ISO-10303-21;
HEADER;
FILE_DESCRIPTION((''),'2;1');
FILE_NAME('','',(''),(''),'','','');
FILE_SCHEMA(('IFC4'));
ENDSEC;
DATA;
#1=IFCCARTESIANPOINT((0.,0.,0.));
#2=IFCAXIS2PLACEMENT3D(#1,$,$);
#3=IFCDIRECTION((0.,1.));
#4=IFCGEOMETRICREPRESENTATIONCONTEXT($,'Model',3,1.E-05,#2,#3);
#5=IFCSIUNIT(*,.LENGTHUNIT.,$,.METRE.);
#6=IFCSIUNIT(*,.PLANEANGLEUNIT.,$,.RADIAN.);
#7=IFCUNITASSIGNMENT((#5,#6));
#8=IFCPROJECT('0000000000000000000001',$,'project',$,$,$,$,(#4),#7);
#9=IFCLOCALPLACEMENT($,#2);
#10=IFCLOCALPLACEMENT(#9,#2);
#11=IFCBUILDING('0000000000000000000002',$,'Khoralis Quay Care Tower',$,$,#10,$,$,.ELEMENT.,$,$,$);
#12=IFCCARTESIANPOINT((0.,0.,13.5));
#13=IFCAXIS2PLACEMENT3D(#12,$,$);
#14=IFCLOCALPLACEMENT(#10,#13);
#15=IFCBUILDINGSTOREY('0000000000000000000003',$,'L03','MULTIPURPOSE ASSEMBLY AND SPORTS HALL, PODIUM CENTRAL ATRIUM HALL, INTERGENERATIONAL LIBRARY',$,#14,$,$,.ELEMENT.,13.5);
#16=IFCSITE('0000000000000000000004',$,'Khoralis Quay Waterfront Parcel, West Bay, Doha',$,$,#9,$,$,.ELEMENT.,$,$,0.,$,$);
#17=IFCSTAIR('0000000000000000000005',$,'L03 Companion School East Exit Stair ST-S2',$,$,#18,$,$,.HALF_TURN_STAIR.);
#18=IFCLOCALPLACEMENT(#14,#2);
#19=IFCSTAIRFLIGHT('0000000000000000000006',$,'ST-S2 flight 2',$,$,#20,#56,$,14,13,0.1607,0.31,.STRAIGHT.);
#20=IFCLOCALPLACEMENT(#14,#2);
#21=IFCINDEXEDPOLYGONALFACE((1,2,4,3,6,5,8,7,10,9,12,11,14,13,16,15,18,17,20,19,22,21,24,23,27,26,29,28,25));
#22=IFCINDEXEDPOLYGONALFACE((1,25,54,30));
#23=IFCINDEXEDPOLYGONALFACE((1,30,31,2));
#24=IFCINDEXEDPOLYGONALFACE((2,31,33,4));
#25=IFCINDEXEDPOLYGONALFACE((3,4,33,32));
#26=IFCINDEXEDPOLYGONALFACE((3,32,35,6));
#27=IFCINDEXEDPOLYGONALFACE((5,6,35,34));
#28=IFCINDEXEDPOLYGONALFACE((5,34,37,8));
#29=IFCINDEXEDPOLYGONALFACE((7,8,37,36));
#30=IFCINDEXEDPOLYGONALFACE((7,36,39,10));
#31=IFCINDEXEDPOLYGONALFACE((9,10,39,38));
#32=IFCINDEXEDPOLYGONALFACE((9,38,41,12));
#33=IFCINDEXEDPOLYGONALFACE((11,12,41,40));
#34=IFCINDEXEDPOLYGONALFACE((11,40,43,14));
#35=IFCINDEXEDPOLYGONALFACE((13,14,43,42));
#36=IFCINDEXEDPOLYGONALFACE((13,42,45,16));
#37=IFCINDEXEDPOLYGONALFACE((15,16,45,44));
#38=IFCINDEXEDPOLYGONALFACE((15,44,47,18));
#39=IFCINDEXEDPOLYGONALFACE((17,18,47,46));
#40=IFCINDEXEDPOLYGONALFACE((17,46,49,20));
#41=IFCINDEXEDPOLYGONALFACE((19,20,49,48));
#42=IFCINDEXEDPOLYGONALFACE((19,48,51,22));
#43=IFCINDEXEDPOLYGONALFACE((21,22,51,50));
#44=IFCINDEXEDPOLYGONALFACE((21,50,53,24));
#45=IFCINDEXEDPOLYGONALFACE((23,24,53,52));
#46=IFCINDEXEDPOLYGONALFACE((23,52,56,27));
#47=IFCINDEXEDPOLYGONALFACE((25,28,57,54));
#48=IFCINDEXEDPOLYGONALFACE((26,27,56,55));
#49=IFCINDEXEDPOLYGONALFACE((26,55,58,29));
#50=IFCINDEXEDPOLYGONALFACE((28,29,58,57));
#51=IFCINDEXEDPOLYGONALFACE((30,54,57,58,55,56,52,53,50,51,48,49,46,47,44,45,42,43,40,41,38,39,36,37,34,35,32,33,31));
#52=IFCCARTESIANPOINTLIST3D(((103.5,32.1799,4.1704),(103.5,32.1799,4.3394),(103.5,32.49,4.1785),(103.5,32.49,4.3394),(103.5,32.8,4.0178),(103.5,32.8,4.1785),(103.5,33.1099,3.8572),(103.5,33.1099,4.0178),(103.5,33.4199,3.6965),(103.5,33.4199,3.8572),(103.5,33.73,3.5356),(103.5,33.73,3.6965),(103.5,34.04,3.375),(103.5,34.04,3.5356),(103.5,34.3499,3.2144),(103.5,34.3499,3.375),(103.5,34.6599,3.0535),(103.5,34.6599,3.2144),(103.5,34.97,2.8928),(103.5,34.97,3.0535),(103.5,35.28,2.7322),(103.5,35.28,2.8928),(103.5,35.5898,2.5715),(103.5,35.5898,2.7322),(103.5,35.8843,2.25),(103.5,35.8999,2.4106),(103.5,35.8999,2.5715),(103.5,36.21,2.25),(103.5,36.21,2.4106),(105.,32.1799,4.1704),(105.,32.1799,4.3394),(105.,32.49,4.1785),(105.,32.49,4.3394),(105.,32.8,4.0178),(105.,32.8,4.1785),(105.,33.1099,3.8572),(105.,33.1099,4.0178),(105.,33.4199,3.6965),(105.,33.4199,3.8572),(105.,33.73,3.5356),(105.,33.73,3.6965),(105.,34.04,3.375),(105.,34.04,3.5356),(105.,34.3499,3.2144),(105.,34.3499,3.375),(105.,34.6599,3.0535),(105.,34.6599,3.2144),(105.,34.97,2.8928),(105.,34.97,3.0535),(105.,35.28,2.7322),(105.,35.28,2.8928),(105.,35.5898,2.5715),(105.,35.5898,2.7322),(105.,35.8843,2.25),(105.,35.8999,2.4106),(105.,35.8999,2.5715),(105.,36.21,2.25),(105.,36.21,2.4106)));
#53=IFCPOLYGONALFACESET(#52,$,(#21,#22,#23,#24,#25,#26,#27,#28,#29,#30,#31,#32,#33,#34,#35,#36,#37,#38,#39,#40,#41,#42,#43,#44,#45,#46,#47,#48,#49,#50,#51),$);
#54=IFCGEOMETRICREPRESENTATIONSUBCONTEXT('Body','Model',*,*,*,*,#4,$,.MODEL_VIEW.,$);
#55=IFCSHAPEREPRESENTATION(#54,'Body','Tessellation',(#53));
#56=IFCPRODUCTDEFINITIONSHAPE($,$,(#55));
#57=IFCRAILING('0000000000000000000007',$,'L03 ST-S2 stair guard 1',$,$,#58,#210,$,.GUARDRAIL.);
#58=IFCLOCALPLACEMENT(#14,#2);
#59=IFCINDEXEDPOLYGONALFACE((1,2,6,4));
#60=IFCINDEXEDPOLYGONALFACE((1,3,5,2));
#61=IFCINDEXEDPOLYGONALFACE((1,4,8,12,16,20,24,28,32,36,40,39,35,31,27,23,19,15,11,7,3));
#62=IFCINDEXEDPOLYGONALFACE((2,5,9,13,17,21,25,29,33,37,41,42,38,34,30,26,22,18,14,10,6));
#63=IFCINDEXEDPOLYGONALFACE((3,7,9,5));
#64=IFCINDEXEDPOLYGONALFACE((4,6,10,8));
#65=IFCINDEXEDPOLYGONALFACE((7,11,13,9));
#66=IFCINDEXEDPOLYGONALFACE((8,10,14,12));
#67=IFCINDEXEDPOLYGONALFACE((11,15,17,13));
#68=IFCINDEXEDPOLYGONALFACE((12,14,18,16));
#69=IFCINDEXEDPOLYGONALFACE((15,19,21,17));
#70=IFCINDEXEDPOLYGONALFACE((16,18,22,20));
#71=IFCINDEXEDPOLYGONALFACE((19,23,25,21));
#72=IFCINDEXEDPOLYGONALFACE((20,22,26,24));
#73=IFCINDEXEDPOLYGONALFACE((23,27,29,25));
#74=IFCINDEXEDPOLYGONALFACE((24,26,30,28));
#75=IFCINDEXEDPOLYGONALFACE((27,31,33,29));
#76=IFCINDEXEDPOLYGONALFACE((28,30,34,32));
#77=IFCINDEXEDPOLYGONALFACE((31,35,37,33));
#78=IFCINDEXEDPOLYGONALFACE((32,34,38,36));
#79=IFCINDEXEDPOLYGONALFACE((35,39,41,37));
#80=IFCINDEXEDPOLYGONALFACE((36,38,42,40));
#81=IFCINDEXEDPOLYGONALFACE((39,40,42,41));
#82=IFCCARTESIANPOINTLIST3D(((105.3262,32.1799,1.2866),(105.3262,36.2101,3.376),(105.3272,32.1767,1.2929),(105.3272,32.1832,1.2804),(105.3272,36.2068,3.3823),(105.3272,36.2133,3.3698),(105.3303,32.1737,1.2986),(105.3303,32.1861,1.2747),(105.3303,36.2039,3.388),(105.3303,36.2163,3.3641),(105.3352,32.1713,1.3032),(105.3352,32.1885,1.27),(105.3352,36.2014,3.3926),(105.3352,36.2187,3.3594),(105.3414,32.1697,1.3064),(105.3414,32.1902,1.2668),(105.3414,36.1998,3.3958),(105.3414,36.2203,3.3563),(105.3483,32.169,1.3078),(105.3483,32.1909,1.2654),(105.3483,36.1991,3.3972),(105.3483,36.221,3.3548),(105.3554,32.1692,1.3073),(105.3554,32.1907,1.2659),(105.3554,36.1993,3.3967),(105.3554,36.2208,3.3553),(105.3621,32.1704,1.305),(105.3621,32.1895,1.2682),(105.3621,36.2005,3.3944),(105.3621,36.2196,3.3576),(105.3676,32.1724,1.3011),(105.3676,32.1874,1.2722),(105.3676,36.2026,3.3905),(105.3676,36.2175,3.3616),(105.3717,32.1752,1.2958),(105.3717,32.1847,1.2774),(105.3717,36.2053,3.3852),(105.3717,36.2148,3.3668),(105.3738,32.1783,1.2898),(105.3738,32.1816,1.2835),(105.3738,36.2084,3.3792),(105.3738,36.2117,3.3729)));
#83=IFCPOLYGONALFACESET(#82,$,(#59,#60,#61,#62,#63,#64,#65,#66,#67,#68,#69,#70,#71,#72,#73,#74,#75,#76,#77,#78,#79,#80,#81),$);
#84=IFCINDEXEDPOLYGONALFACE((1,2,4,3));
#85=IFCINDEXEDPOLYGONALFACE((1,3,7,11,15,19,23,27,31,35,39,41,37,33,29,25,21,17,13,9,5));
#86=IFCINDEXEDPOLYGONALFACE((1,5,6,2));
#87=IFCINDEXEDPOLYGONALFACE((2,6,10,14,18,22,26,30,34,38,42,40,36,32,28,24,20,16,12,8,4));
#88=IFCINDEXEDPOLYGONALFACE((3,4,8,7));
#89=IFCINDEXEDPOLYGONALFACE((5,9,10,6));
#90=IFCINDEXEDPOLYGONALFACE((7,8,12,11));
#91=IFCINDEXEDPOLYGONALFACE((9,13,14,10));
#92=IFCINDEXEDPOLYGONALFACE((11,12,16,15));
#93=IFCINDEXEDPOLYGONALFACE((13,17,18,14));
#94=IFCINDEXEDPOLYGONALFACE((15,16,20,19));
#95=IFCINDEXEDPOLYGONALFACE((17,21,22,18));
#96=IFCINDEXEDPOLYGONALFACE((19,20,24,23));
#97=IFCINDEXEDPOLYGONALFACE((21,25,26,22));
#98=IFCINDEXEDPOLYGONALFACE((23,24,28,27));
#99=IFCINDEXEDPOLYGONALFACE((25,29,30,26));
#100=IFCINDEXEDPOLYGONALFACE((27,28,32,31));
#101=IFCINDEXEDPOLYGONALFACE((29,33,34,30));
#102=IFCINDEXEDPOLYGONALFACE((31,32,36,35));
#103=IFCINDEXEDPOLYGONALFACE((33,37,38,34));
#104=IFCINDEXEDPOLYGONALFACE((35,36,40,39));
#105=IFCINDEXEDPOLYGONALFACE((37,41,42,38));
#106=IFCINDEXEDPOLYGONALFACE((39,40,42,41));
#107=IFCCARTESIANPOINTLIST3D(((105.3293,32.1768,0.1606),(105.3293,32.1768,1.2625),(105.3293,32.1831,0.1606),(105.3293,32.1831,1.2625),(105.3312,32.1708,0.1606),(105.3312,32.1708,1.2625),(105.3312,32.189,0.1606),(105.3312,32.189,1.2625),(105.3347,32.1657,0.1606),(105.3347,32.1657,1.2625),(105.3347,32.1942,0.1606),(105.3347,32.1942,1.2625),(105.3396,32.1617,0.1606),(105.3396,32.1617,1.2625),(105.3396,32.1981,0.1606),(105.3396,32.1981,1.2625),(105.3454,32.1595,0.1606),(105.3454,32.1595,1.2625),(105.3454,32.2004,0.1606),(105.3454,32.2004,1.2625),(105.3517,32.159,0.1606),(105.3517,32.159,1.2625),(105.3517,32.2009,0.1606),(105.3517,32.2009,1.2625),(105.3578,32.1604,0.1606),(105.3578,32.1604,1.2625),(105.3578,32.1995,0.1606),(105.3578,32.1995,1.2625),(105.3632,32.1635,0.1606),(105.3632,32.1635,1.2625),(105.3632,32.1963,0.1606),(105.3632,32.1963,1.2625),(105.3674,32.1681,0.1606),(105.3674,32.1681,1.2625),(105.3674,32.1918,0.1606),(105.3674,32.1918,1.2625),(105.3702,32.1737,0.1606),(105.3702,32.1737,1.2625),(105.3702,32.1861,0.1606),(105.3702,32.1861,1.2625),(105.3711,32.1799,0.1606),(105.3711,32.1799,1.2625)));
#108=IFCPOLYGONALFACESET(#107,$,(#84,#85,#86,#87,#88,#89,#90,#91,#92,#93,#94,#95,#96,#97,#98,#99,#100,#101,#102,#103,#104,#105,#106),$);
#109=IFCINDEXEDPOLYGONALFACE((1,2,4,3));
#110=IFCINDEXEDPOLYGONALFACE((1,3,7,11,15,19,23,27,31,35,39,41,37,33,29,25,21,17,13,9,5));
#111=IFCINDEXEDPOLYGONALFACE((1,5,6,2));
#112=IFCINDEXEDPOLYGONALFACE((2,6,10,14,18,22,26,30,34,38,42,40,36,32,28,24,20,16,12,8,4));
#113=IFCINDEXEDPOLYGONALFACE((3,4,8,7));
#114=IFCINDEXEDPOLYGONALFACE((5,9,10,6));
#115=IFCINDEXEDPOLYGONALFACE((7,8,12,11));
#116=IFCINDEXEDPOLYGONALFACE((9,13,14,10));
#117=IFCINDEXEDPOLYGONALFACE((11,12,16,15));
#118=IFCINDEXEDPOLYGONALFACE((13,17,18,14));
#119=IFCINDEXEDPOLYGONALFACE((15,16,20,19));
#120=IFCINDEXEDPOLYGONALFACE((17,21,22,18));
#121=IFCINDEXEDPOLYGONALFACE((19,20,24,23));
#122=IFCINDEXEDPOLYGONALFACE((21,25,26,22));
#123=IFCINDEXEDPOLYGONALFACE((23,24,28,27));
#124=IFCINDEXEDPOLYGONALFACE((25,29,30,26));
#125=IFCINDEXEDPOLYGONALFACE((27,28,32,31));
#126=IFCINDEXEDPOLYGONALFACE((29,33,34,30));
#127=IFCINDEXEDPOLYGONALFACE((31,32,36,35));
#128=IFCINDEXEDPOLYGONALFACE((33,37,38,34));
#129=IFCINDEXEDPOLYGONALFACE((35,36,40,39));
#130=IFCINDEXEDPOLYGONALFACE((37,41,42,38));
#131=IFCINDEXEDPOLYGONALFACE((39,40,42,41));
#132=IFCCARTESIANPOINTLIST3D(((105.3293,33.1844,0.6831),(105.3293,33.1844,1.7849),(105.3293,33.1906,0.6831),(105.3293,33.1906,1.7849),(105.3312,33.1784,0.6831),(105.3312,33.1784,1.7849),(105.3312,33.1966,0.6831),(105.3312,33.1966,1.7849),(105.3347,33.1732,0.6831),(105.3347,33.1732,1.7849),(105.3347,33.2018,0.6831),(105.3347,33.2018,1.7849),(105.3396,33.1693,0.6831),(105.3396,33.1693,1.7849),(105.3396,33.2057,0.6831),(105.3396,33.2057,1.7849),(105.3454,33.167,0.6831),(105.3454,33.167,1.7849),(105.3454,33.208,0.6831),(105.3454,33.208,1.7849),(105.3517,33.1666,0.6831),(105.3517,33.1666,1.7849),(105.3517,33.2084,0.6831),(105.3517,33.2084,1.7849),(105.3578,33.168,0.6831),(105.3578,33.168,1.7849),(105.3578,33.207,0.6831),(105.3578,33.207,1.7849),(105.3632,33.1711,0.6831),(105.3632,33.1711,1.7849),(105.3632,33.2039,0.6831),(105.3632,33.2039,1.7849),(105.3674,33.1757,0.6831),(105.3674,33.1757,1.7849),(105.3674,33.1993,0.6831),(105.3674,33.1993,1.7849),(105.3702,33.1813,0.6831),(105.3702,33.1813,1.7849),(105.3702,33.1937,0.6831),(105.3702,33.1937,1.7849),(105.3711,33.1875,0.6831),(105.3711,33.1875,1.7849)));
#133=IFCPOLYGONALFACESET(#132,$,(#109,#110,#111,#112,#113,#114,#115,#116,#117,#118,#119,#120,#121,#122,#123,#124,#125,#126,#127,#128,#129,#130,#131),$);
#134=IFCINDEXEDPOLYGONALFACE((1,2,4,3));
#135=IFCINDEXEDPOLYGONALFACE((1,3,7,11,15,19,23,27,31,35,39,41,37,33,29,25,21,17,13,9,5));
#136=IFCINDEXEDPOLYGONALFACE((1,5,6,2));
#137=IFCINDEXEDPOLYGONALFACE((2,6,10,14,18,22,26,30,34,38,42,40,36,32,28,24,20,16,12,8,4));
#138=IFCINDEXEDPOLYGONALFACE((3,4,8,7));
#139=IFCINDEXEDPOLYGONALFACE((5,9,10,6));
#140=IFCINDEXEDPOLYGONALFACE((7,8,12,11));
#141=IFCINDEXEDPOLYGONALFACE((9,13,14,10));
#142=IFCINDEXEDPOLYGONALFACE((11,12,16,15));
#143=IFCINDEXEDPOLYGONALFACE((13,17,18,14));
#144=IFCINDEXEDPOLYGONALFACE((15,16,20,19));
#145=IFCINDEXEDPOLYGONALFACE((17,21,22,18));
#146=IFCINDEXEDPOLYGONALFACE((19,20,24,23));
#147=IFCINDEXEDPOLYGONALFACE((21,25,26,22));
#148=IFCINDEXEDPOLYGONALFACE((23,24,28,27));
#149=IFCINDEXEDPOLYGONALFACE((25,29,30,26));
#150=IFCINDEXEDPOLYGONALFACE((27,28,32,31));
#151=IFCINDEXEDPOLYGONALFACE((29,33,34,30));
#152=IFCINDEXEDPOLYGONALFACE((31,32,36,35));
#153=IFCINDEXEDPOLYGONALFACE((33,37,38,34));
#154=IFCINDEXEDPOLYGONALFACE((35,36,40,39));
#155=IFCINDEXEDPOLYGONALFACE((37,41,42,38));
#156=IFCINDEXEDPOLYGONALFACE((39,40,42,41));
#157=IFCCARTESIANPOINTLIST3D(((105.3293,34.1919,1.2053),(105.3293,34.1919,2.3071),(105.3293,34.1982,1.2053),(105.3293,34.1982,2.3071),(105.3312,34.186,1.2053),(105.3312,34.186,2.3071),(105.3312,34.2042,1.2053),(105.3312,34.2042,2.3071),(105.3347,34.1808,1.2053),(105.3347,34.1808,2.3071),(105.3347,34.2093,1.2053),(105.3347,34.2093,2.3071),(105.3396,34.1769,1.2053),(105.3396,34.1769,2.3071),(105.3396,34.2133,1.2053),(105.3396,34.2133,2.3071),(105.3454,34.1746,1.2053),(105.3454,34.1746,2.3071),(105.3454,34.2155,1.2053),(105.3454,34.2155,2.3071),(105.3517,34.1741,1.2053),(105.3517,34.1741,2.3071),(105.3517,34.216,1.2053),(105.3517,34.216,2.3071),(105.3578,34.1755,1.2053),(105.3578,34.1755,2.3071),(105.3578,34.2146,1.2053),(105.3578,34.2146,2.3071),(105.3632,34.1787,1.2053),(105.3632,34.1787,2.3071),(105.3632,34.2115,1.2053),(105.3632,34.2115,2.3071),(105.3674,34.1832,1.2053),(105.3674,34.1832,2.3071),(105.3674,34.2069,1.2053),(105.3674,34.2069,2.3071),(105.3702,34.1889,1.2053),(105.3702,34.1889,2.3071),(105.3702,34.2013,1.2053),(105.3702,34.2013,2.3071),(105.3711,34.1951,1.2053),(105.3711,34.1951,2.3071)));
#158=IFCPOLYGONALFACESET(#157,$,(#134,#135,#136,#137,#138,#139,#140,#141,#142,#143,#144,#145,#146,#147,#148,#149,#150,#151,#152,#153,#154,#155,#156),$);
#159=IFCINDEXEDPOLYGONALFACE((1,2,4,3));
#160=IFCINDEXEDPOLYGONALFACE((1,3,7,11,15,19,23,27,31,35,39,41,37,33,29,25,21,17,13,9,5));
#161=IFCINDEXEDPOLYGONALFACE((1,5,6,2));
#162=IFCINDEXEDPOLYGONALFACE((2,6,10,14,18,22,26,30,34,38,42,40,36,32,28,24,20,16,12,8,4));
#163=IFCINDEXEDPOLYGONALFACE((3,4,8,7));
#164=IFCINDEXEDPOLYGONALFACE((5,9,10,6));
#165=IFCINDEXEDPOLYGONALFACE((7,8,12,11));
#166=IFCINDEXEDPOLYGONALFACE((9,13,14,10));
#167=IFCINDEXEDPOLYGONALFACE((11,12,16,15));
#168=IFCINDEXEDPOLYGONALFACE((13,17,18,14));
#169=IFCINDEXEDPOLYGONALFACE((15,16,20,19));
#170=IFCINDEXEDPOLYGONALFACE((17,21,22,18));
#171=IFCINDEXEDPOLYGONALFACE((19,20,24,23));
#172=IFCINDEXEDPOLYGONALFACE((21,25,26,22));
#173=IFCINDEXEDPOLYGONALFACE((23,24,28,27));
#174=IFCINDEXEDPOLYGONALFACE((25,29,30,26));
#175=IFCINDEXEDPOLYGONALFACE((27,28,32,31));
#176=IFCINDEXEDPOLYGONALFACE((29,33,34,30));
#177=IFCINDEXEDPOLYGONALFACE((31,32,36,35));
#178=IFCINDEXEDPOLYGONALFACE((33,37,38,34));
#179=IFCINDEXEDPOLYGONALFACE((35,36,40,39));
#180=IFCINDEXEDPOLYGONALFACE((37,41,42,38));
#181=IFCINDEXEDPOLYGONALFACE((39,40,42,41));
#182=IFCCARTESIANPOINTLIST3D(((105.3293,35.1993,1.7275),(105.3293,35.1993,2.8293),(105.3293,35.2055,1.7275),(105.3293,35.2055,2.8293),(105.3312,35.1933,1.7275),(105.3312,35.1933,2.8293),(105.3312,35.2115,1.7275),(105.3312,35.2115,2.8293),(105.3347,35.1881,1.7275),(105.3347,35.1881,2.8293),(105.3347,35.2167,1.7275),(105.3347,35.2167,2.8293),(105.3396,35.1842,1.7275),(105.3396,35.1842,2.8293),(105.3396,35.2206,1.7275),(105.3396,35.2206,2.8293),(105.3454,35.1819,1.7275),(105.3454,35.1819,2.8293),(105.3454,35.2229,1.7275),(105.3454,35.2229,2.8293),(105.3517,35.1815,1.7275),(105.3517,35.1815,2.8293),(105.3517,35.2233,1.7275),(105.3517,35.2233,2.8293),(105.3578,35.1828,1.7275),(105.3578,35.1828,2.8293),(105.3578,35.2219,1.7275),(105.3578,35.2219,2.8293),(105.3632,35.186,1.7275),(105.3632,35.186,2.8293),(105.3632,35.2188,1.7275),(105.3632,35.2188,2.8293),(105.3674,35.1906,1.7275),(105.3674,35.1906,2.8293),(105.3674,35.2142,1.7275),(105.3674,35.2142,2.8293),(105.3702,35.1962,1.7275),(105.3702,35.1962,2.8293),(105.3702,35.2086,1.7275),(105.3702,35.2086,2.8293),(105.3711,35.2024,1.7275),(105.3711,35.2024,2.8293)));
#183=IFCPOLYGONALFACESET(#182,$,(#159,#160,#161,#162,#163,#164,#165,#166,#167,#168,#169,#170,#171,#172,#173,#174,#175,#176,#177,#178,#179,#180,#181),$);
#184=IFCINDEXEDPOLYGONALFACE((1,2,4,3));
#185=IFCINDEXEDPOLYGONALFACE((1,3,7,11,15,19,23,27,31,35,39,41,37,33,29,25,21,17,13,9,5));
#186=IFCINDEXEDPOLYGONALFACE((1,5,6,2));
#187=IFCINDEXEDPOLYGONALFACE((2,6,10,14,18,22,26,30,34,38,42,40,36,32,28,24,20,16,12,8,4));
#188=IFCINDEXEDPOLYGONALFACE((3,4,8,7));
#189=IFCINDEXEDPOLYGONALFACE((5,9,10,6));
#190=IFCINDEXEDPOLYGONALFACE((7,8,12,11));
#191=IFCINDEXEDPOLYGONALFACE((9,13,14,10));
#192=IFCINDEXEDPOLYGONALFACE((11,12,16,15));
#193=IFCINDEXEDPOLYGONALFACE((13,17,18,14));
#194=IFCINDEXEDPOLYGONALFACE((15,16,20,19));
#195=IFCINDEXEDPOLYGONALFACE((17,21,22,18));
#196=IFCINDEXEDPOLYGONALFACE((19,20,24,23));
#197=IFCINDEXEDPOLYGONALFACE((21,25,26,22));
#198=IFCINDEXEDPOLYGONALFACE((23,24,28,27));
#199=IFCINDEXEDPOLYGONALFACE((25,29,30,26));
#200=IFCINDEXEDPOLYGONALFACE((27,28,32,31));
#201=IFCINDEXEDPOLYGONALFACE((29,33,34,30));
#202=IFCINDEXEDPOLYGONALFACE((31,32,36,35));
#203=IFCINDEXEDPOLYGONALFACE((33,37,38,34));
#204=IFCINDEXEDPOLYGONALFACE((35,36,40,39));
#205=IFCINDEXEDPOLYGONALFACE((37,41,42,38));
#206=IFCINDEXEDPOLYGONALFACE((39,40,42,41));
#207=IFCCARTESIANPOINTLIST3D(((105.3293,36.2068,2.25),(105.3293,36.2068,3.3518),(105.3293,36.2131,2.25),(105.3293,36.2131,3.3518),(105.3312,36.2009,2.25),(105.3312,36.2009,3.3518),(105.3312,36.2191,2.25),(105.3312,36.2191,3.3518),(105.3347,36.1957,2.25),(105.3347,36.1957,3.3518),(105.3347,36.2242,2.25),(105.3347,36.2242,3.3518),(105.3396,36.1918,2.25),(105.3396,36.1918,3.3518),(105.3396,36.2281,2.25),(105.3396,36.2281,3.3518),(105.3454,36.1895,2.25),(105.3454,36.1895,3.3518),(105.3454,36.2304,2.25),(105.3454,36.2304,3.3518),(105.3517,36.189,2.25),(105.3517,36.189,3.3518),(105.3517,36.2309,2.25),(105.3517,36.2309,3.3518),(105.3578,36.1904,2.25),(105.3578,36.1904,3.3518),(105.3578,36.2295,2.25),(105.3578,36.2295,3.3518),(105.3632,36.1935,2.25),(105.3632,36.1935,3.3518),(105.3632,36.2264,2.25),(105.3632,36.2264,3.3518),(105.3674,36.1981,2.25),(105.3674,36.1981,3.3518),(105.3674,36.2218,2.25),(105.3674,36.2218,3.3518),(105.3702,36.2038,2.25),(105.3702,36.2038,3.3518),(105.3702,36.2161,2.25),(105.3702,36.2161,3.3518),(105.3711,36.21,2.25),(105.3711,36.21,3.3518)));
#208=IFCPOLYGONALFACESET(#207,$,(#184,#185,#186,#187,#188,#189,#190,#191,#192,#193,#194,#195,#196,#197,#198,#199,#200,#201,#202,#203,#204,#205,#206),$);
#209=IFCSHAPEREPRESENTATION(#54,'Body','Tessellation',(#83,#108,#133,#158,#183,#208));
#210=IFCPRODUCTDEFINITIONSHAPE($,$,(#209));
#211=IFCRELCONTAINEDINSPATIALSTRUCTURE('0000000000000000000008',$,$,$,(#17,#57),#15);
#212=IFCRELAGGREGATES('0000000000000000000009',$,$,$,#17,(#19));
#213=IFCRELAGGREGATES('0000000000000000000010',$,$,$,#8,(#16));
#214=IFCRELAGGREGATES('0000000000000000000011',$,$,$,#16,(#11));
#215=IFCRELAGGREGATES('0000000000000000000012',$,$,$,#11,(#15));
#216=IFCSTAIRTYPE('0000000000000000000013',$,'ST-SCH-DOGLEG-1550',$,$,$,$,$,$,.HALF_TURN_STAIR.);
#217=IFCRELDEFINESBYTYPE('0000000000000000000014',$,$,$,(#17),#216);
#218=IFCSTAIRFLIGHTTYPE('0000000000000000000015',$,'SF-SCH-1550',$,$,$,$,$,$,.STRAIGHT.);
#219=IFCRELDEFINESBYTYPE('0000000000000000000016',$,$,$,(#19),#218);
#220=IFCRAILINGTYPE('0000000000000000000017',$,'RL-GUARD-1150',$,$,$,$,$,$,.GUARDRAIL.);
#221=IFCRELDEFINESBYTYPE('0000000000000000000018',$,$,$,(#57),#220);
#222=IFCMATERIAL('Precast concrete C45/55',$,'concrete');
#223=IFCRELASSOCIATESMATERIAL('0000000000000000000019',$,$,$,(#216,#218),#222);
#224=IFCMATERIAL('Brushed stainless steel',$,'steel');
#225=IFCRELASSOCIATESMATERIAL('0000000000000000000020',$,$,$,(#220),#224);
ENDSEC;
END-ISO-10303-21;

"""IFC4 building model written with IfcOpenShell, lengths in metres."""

from ifc_helpers import new_model, si_unit, direction, frame, origin, origin_2d, place, context, subcontext, project, spatial, polyline, circle, outline, extrude, source, transform, mapped, material, type_object, element, aggregate, save


model = new_model("IFC4")

# Units and contexts
model_context = context("Model", 3, precision=1e-05, world=origin(), true_north=direction((0.0, 1.0)))
body_context = subcontext(model_context, "Body", "Model", "MODEL_VIEW")
ifc_project = project(units=[si_unit("LENGTHUNIT", "METRE"), si_unit("PLANEANGLEUNIT", "RADIAN")], contexts=[model_context])

# Site, building, storey
site_placement = place(None, origin())
site = spatial("IfcSite", under=ifc_project, at=site_placement, Name="Khoralis Quay Waterfront Parcel, West Bay, Doha", CompositionType="ELEMENT", RefElevation=0.0)
building_placement = place(site_placement, origin())
building = spatial("IfcBuilding", under=site, at=building_placement, Name="Khoralis Quay Care Tower", CompositionType="ELEMENT")
storey_placement = place(building_placement, frame((0.0, 0.0, 13.5)))
storey = spatial("IfcBuildingStorey", under=building, at=storey_placement, Name="L03", Description="MULTIPURPOSE ASSEMBLY AND SPORTS HALL, PODIUM CENTRAL ATRIUM HALL, INTERGENERATIONAL LIBRARY", CompositionType="ELEMENT", Elevation=13.5)

# Stair, stair flight
ifc_material_1 = material(Name="Precast concrete C45/55", Category="concrete")
stair_type = type_object("IfcStairType", Name="ST-SCH-DOGLEG-1550", PredefinedType="HALF_TURN_STAIR", material=ifc_material_1)
stair_placement = place(storey_placement, origin())
stair = element("IfcStair", 1, at=stair_placement, inside=storey, type_object=stair_type, Name="L03 Companion School East Exit Stair ST-S2", PredefinedType="HALF_TURN_STAIR")
stair_flight_type = type_object("IfcStairFlightType", Name="SF-SCH-1550", PredefinedType="STRAIGHT", material=ifc_material_1)
shared_shape_1 = source(origin(), body_context, "Body", "SweptSolid", [
    extrude(outline(polyline([(0.0, 0.0), (0.0, 0.1606), (0.3101, 0.1606), (0.3101, 0.3215), (0.6201, 0.3215), (0.6201, 0.4822), (0.9299, 0.4822), (0.9299, 0.6428), (1.24, 0.6428), (1.24, 0.8035), (1.55, 0.8035), (1.55, 0.9644), (1.8601, 0.9644), (1.8601, 1.125), (2.1699, 1.125), (2.1699, 1.2856), (2.48, 1.2856), (2.48, 1.4465), (2.79, 1.4465), (2.79, 1.6072), (3.1001, 1.6072), (3.1001, 1.7678), (3.4099, 1.7678), (3.4099, 1.9285), (3.72, 1.9285), (3.72, 2.0894), (4.03, 2.0894), (4.03, 2.25), (4.03, 1.9204), (0.3257, 0.0), (0.0, 0.0)])), frame((0.0, 0.75, 0.0), z_axis=(0.0, -1.0, 0.0), x_axis=(1.0, 0.0, 0.0)), (0.0, 0.0, 1.0), 1.5),
])
stair_flight_1_placement = place(storey_placement, frame((104.25, 36.21, 2.25), z_axis=(0.0, 0.0, 1.0), x_axis=(0.0, -1.0, 0.0)))
stair_flight_1 = element("IfcStairFlight", 2, at=stair_flight_1_placement, type_object=stair_flight_type, Name="ST-S2 flight 2", NumberOfRisers=14, NumberOfTreads=13, PredefinedType="STRAIGHT", RiserHeight=0.1607, TreadLength=0.31, context=body_context, shape_type="MappedRepresentation", body=[
    mapped(shared_shape_1, transform((0.0, 0.0, 0.0), scale=1.0)),
])
aggregate(stair, [stair_flight_1])

# Railing
ifc_material_2 = material(Name="Brushed stainless steel", Category="steel")
railing_type_1 = type_object("IfcRailingType", Name="RL-GUARD-1150", PredefinedType="GUARDRAIL", material=ifc_material_2)
railing_1_placement = place(storey_placement, frame((105.3501, 32.1799, 0.1606)))
element("IfcRailing", 3, at=railing_1_placement, inside=storey, type_object=railing_type_1, Name="L03 ST-S2 stair guard 1", PredefinedType="GUARDRAIL", context=body_context, shape_type="SweptSolid", body=[
    extrude(circle(Radius=0.0239, at=origin_2d()), frame((0.0, 0.0, 1.126), z_axis=(0.0, 0.887781, 0.460267), x_axis=(-1.0, 0.0, 0.0)), (0.0, 0.0, 1.0), 4.5396),
    extrude(circle(Radius=0.021, at=origin_2d()), origin(), (0.0, 0.0, 1.0), 1.1018),
    extrude(circle(Radius=0.021, at=origin_2d()), frame((0.0, 1.0076, 0.5225)), (0.0, 0.0, 1.0), 1.1018),
    extrude(circle(Radius=0.021, at=origin_2d()), frame((0.0, 2.0151, 1.0447)), (0.0, 0.0, 1.0), 1.1018),
    extrude(circle(Radius=0.021, at=origin_2d()), frame((0.0, 3.0225, 1.5669)), (0.0, 0.0, 1.0), 1.1018),
    extrude(circle(Radius=0.021, at=origin_2d()), frame((0.0, 4.03, 2.0894)), (0.0, 0.0, 1.0), 1.1018),
])

save(model, "model.ifc")
